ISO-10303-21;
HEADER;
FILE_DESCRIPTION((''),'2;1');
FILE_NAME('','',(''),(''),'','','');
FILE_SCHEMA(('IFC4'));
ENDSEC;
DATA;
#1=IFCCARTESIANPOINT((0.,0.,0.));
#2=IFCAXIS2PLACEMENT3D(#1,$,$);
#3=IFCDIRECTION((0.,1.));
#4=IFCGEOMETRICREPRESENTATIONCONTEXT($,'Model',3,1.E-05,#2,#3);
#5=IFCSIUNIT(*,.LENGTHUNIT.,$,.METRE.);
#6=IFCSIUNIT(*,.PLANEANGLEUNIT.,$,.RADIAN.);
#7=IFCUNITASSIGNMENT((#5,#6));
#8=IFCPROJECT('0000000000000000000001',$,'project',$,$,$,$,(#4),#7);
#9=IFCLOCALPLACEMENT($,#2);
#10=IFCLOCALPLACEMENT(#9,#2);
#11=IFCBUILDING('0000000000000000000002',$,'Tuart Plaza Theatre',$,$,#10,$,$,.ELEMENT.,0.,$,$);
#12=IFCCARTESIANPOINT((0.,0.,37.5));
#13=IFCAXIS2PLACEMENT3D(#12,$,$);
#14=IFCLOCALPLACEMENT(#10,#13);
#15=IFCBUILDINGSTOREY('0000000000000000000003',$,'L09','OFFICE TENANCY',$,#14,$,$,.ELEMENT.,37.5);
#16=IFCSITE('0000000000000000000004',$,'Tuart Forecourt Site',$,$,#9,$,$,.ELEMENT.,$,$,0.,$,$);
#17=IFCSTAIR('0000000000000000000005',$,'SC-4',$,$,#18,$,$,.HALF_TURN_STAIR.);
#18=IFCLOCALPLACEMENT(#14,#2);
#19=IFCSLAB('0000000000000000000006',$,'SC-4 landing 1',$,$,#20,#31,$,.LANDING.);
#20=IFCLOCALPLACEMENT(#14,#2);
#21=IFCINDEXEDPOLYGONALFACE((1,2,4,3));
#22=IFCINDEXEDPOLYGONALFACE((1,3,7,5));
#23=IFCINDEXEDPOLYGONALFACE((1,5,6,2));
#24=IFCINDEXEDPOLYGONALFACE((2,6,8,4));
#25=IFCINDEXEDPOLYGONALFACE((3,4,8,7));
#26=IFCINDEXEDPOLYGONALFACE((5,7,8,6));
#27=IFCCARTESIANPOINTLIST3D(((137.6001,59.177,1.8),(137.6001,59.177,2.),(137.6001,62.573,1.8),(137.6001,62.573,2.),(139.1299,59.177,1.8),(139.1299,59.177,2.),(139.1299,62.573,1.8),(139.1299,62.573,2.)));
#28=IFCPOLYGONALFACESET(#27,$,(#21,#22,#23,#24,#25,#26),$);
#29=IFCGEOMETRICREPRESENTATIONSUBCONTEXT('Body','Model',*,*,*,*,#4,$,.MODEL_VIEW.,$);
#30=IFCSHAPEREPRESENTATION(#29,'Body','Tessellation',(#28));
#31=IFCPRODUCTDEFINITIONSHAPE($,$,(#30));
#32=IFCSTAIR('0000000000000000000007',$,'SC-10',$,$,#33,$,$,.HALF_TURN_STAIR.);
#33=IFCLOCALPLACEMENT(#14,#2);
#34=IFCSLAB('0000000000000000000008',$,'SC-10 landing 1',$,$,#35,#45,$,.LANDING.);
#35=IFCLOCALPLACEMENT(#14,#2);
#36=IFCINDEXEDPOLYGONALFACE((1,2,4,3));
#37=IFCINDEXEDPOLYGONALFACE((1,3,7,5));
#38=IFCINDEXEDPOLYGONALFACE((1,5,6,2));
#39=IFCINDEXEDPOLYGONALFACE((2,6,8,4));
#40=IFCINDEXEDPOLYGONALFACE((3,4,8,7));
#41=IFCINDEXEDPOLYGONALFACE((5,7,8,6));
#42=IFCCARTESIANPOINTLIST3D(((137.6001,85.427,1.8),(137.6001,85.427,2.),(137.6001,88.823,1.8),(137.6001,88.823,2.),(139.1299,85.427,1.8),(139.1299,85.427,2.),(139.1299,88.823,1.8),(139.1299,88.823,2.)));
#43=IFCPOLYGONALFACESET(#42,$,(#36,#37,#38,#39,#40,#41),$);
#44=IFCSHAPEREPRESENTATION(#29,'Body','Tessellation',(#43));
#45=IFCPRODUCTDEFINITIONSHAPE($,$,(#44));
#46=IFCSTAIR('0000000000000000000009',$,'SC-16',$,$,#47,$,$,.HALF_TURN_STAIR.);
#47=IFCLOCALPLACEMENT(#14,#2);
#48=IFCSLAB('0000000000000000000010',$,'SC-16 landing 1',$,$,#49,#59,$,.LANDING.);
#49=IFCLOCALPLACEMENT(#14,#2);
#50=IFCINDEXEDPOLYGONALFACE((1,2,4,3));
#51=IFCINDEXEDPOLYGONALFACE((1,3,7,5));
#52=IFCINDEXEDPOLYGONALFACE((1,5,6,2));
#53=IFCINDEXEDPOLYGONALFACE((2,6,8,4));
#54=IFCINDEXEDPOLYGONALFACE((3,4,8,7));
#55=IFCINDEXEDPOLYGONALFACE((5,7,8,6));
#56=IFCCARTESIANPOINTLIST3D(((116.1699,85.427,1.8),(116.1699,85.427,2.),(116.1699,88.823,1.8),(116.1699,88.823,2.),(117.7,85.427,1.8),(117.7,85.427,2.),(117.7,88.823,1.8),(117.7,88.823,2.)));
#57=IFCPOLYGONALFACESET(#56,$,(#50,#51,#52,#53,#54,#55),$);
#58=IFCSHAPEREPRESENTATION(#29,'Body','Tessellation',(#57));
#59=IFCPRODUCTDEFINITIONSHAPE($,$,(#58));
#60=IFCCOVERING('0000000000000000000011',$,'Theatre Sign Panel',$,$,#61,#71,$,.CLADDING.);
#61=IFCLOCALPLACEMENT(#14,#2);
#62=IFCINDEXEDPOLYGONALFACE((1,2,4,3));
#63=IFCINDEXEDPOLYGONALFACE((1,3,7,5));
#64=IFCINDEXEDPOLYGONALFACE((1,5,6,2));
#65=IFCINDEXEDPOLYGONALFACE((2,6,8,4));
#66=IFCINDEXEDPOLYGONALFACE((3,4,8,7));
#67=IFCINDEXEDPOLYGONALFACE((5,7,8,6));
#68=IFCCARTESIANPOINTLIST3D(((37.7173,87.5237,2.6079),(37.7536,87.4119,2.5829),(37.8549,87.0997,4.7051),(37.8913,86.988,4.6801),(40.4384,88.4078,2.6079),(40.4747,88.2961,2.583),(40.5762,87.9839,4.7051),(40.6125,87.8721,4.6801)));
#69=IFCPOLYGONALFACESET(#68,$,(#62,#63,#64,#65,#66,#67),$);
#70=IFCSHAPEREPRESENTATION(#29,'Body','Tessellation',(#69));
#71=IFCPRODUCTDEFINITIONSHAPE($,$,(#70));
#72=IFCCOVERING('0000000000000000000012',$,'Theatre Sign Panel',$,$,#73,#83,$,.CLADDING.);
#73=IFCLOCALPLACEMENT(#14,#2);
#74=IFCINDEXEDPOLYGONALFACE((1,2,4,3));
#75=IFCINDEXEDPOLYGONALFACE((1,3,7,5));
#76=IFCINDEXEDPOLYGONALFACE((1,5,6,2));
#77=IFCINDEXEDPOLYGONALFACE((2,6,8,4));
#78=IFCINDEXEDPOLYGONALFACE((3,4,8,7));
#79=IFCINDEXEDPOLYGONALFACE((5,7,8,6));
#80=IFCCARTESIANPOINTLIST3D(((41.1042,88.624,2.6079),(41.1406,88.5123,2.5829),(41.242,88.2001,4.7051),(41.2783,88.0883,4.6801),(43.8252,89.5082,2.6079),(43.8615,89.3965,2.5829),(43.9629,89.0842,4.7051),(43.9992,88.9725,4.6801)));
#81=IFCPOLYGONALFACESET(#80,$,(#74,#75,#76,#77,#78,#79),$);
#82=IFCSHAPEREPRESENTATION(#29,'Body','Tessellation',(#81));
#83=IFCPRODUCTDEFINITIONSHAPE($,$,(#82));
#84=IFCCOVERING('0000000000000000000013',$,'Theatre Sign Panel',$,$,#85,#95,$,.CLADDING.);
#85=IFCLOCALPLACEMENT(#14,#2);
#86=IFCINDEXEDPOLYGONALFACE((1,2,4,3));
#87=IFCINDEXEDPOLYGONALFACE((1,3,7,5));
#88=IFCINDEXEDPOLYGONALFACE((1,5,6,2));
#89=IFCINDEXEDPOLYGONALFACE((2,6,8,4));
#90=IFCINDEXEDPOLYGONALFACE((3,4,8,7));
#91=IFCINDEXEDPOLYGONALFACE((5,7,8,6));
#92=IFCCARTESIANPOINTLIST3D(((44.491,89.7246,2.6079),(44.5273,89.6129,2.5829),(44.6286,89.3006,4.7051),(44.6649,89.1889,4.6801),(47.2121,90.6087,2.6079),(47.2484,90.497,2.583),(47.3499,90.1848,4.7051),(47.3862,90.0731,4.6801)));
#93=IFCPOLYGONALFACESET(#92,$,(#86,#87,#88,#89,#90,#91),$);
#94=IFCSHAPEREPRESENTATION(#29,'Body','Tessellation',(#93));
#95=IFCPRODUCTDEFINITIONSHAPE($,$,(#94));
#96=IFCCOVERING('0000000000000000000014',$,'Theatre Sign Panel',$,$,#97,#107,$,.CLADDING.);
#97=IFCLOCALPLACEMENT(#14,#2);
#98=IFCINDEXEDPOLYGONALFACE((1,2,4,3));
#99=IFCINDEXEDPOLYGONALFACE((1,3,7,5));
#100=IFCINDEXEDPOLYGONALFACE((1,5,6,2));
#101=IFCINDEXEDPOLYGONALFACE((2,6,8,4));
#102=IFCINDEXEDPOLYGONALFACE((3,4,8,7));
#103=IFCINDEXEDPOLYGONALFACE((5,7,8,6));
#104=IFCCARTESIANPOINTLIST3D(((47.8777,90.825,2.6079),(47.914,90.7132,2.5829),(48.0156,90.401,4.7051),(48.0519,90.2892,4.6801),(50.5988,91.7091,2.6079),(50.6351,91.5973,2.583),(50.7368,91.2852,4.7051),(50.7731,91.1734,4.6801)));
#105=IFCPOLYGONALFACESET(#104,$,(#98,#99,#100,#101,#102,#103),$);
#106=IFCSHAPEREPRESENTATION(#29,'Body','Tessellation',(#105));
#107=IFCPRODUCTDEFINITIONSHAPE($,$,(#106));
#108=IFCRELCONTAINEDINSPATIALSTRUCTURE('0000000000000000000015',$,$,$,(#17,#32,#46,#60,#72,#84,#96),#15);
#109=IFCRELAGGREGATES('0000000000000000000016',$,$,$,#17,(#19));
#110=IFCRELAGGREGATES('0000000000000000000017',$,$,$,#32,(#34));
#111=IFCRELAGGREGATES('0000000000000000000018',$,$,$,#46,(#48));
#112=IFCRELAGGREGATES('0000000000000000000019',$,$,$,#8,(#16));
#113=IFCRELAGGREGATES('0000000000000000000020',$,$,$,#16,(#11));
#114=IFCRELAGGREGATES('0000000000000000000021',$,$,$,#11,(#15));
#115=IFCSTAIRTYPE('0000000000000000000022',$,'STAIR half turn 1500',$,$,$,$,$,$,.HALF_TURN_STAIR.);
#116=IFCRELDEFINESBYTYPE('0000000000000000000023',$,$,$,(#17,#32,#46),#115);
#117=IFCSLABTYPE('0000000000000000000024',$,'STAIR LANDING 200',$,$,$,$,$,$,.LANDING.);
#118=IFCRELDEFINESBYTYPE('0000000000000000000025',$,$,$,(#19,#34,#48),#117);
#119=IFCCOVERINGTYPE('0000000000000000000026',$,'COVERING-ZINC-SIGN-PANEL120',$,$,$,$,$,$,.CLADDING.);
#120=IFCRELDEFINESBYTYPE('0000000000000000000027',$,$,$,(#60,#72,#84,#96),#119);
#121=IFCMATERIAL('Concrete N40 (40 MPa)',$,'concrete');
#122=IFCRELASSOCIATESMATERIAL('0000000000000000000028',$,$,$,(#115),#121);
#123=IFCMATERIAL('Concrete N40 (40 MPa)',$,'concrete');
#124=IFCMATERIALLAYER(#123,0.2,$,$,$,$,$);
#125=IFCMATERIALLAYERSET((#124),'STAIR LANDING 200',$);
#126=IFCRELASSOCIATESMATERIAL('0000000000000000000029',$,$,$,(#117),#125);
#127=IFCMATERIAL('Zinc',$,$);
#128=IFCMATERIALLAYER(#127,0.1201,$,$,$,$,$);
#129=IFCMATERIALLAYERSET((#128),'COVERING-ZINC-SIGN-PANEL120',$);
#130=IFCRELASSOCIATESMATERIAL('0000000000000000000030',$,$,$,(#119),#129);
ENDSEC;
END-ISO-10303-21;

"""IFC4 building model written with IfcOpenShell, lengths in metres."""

from ifc_helpers import new_model, si_unit, direction, frame, origin, place, context, subcontext, project, spatial, polyline, outline, extrude, material, layer, layer_set, type_object, element, aggregate, save


model = new_model("IFC4")

# Units and contexts
model_context = context("Model", 3, precision=1e-05, world=origin(), true_north=direction((0.0, 1.0)))
body_context = subcontext(model_context, "Body", "Model", "MODEL_VIEW")
ifc_project = project(units=[si_unit("LENGTHUNIT", "METRE"), si_unit("PLANEANGLEUNIT", "RADIAN")], contexts=[model_context])

# Site, building, storey
site_placement = place(None, origin())
site = spatial("IfcSite", under=ifc_project, at=site_placement, Name="Tuart Forecourt Site", CompositionType="ELEMENT", RefElevation=0.0)
building_placement = place(site_placement, origin())
building = spatial("IfcBuilding", under=site, at=building_placement, Name="Tuart Plaza Theatre", CompositionType="ELEMENT", ElevationOfRefHeight=0.0)
storey_placement = place(building_placement, frame((0.0, 0.0, 37.5)))
storey = spatial("IfcBuildingStorey", under=building, at=storey_placement, Name="L09", Description="OFFICE TENANCY", CompositionType="ELEMENT", Elevation=37.5)

# Stairs, slabs
ifc_material_1 = material(Name="Concrete N40 (40 MPa)", Category="concrete")
stair_type = type_object("IfcStairType", Name="STAIR half turn 1500", PredefinedType="HALF_TURN_STAIR", material=ifc_material_1)
stair_1_placement = place(storey_placement, origin())
stair_1 = element("IfcStair", 1, at=stair_1_placement, inside=storey, type_object=stair_type, Name="SC-4", PredefinedType="HALF_TURN_STAIR")
ifc_material_2 = material(Name="Concrete N40 (40 MPa)", Category="concrete")
ifc_layer_1 = layer(ifc_material_2, 0.2)
ifc_layer_set_1 = layer_set([ifc_layer_1], Name="STAIR LANDING 200")
slab_type_1 = type_object("IfcSlabType", Name="STAIR LANDING 200", PredefinedType="LANDING", material=ifc_layer_set_1)
slab_1_placement = place(storey_placement, frame((0.0, 0.0, 1.8)))
slab_1 = element("IfcSlab", 2, at=slab_1_placement, type_object=slab_type_1, Name="SC-4 landing 1", PredefinedType="LANDING", context=body_context, shape_type="SweptSolid", body=[
    extrude(outline(polyline([(137.6001, 59.177), (139.1299, 59.177), (139.1299, 62.573), (137.6001, 62.573), (137.6001, 59.177)])), origin(), (0.0, 0.0, 1.0), 0.2),
])
aggregate(stair_1, [slab_1])
stair_2_placement = place(storey_placement, origin())
stair_2 = element("IfcStair", 3, at=stair_2_placement, inside=storey, type_object=stair_type, Name="SC-10", PredefinedType="HALF_TURN_STAIR")
slab_2_placement = place(storey_placement, frame((0.0, 0.0, 1.8)))
slab_2 = element("IfcSlab", 4, at=slab_2_placement, type_object=slab_type_1, Name="SC-10 landing 1", PredefinedType="LANDING", context=body_context, shape_type="SweptSolid", body=[
    extrude(outline(polyline([(137.6001, 85.427), (139.1299, 85.427), (139.1299, 88.823), (137.6001, 88.823), (137.6001, 85.427)])), origin(), (0.0, 0.0, 1.0), 0.2),
])
aggregate(stair_2, [slab_2])
stair_3_placement = place(storey_placement, origin())
stair_3 = element("IfcStair", 5, at=stair_3_placement, inside=storey, type_object=stair_type, Name="SC-16", PredefinedType="HALF_TURN_STAIR")
slab_3_placement = place(storey_placement, frame((0.0, 0.0, 1.8)))
slab_3 = element("IfcSlab", 6, at=slab_3_placement, type_object=slab_type_1, Name="SC-16 landing 1", PredefinedType="LANDING", context=body_context, shape_type="SweptSolid", body=[
    extrude(outline(polyline([(117.7, 88.823), (116.1699, 88.823), (116.1699, 85.427), (117.7, 85.427), (117.7, 88.823)])), origin(), (0.0, 0.0, 1.0), 0.2),
])
aggregate(stair_3, [slab_3])

# Coverings
ifc_material_3 = material(Name="Zinc")
ifc_layer_2 = layer(ifc_material_3, 0.1201)
ifc_layer_set_2 = layer_set([ifc_layer_2], Name="COVERING-ZINC-SIGN-PANEL120")
covering_type = type_object("IfcCoveringType", Name="COVERING-ZINC-SIGN-PANEL120", PredefinedType="CLADDING", material=ifc_layer_set_2)
covering_1_placement = place(storey_placement, frame((37.7173, 87.5237, 2.6079), z_axis=(-0.302261, 0.930276, 0.207905), x_axis=(0.951058, 0.309011, 0.000008)))
element("IfcCovering", 7, at=covering_1_placement, inside=storey, type_object=covering_type, Name="Theatre Sign Panel", PredefinedType="CLADDING", context=body_context, shape_type="SweptSolid", body=[
    extrude(outline(polyline([(0.0, 0.0), (2.8612, 0.0), (2.8612, -2.144), (-0.0001, -2.144), (0.0, 0.0)])), origin(), (0.0, 0.0, -1.0), 0.1201),
])
covering_2_placement = place(storey_placement, frame((41.1042, 88.624, 2.6079), z_axis=(-0.302285, 0.930268, 0.207905), x_axis=(0.951049, 0.30904, -0.000008)))
element("IfcCovering", 8, at=covering_2_placement, inside=storey, type_object=covering_type, Name="Theatre Sign Panel", PredefinedType="CLADDING", context=body_context, shape_type="SweptSolid", body=[
    extrude(outline(polyline([(0.0, 0.0), (2.861, 0.0), (2.8609, -2.144), (0.0, -2.144), (0.0, 0.0)])), origin(), (0.0, 0.0, -1.0), 0.1201),
])
covering_3_placement = place(storey_placement, frame((44.491, 89.7246, 2.6079), z_axis=(-0.302261, 0.930276, 0.207905), x_axis=(0.951058, 0.309011, 0.000008)))
element("IfcCovering", 9, at=covering_3_placement, inside=storey, type_object=covering_type, Name="Theatre Sign Panel", PredefinedType="CLADDING", context=body_context, shape_type="SweptSolid", body=[
    extrude(outline(polyline([(0.0, 0.0), (2.8612, 0.0), (2.8612, -2.144), (-0.0001, -2.144), (0.0, 0.0)])), origin(), (0.0, 0.0, -1.0), 0.1201),
])
covering_4_placement = place(storey_placement, frame((47.8777, 90.825, 2.6079), z_axis=(-0.302258, 0.93027, 0.207938), x_axis=(0.951058, 0.309011, 0.000008)))
element("IfcCovering", 10, at=covering_4_placement, inside=storey, type_object=covering_type, Name="Theatre Sign Panel", PredefinedType="CLADDING", context=body_context, shape_type="SweptSolid", body=[
    extrude(outline(polyline([(0.0, 0.0), (2.8612, 0.0), (2.8614, -2.144), (0.0002, -2.1441), (0.0, 0.0)])), origin(), (0.0, 0.0, -1.0), 0.1201),
])

save(model, "model.ifc")
